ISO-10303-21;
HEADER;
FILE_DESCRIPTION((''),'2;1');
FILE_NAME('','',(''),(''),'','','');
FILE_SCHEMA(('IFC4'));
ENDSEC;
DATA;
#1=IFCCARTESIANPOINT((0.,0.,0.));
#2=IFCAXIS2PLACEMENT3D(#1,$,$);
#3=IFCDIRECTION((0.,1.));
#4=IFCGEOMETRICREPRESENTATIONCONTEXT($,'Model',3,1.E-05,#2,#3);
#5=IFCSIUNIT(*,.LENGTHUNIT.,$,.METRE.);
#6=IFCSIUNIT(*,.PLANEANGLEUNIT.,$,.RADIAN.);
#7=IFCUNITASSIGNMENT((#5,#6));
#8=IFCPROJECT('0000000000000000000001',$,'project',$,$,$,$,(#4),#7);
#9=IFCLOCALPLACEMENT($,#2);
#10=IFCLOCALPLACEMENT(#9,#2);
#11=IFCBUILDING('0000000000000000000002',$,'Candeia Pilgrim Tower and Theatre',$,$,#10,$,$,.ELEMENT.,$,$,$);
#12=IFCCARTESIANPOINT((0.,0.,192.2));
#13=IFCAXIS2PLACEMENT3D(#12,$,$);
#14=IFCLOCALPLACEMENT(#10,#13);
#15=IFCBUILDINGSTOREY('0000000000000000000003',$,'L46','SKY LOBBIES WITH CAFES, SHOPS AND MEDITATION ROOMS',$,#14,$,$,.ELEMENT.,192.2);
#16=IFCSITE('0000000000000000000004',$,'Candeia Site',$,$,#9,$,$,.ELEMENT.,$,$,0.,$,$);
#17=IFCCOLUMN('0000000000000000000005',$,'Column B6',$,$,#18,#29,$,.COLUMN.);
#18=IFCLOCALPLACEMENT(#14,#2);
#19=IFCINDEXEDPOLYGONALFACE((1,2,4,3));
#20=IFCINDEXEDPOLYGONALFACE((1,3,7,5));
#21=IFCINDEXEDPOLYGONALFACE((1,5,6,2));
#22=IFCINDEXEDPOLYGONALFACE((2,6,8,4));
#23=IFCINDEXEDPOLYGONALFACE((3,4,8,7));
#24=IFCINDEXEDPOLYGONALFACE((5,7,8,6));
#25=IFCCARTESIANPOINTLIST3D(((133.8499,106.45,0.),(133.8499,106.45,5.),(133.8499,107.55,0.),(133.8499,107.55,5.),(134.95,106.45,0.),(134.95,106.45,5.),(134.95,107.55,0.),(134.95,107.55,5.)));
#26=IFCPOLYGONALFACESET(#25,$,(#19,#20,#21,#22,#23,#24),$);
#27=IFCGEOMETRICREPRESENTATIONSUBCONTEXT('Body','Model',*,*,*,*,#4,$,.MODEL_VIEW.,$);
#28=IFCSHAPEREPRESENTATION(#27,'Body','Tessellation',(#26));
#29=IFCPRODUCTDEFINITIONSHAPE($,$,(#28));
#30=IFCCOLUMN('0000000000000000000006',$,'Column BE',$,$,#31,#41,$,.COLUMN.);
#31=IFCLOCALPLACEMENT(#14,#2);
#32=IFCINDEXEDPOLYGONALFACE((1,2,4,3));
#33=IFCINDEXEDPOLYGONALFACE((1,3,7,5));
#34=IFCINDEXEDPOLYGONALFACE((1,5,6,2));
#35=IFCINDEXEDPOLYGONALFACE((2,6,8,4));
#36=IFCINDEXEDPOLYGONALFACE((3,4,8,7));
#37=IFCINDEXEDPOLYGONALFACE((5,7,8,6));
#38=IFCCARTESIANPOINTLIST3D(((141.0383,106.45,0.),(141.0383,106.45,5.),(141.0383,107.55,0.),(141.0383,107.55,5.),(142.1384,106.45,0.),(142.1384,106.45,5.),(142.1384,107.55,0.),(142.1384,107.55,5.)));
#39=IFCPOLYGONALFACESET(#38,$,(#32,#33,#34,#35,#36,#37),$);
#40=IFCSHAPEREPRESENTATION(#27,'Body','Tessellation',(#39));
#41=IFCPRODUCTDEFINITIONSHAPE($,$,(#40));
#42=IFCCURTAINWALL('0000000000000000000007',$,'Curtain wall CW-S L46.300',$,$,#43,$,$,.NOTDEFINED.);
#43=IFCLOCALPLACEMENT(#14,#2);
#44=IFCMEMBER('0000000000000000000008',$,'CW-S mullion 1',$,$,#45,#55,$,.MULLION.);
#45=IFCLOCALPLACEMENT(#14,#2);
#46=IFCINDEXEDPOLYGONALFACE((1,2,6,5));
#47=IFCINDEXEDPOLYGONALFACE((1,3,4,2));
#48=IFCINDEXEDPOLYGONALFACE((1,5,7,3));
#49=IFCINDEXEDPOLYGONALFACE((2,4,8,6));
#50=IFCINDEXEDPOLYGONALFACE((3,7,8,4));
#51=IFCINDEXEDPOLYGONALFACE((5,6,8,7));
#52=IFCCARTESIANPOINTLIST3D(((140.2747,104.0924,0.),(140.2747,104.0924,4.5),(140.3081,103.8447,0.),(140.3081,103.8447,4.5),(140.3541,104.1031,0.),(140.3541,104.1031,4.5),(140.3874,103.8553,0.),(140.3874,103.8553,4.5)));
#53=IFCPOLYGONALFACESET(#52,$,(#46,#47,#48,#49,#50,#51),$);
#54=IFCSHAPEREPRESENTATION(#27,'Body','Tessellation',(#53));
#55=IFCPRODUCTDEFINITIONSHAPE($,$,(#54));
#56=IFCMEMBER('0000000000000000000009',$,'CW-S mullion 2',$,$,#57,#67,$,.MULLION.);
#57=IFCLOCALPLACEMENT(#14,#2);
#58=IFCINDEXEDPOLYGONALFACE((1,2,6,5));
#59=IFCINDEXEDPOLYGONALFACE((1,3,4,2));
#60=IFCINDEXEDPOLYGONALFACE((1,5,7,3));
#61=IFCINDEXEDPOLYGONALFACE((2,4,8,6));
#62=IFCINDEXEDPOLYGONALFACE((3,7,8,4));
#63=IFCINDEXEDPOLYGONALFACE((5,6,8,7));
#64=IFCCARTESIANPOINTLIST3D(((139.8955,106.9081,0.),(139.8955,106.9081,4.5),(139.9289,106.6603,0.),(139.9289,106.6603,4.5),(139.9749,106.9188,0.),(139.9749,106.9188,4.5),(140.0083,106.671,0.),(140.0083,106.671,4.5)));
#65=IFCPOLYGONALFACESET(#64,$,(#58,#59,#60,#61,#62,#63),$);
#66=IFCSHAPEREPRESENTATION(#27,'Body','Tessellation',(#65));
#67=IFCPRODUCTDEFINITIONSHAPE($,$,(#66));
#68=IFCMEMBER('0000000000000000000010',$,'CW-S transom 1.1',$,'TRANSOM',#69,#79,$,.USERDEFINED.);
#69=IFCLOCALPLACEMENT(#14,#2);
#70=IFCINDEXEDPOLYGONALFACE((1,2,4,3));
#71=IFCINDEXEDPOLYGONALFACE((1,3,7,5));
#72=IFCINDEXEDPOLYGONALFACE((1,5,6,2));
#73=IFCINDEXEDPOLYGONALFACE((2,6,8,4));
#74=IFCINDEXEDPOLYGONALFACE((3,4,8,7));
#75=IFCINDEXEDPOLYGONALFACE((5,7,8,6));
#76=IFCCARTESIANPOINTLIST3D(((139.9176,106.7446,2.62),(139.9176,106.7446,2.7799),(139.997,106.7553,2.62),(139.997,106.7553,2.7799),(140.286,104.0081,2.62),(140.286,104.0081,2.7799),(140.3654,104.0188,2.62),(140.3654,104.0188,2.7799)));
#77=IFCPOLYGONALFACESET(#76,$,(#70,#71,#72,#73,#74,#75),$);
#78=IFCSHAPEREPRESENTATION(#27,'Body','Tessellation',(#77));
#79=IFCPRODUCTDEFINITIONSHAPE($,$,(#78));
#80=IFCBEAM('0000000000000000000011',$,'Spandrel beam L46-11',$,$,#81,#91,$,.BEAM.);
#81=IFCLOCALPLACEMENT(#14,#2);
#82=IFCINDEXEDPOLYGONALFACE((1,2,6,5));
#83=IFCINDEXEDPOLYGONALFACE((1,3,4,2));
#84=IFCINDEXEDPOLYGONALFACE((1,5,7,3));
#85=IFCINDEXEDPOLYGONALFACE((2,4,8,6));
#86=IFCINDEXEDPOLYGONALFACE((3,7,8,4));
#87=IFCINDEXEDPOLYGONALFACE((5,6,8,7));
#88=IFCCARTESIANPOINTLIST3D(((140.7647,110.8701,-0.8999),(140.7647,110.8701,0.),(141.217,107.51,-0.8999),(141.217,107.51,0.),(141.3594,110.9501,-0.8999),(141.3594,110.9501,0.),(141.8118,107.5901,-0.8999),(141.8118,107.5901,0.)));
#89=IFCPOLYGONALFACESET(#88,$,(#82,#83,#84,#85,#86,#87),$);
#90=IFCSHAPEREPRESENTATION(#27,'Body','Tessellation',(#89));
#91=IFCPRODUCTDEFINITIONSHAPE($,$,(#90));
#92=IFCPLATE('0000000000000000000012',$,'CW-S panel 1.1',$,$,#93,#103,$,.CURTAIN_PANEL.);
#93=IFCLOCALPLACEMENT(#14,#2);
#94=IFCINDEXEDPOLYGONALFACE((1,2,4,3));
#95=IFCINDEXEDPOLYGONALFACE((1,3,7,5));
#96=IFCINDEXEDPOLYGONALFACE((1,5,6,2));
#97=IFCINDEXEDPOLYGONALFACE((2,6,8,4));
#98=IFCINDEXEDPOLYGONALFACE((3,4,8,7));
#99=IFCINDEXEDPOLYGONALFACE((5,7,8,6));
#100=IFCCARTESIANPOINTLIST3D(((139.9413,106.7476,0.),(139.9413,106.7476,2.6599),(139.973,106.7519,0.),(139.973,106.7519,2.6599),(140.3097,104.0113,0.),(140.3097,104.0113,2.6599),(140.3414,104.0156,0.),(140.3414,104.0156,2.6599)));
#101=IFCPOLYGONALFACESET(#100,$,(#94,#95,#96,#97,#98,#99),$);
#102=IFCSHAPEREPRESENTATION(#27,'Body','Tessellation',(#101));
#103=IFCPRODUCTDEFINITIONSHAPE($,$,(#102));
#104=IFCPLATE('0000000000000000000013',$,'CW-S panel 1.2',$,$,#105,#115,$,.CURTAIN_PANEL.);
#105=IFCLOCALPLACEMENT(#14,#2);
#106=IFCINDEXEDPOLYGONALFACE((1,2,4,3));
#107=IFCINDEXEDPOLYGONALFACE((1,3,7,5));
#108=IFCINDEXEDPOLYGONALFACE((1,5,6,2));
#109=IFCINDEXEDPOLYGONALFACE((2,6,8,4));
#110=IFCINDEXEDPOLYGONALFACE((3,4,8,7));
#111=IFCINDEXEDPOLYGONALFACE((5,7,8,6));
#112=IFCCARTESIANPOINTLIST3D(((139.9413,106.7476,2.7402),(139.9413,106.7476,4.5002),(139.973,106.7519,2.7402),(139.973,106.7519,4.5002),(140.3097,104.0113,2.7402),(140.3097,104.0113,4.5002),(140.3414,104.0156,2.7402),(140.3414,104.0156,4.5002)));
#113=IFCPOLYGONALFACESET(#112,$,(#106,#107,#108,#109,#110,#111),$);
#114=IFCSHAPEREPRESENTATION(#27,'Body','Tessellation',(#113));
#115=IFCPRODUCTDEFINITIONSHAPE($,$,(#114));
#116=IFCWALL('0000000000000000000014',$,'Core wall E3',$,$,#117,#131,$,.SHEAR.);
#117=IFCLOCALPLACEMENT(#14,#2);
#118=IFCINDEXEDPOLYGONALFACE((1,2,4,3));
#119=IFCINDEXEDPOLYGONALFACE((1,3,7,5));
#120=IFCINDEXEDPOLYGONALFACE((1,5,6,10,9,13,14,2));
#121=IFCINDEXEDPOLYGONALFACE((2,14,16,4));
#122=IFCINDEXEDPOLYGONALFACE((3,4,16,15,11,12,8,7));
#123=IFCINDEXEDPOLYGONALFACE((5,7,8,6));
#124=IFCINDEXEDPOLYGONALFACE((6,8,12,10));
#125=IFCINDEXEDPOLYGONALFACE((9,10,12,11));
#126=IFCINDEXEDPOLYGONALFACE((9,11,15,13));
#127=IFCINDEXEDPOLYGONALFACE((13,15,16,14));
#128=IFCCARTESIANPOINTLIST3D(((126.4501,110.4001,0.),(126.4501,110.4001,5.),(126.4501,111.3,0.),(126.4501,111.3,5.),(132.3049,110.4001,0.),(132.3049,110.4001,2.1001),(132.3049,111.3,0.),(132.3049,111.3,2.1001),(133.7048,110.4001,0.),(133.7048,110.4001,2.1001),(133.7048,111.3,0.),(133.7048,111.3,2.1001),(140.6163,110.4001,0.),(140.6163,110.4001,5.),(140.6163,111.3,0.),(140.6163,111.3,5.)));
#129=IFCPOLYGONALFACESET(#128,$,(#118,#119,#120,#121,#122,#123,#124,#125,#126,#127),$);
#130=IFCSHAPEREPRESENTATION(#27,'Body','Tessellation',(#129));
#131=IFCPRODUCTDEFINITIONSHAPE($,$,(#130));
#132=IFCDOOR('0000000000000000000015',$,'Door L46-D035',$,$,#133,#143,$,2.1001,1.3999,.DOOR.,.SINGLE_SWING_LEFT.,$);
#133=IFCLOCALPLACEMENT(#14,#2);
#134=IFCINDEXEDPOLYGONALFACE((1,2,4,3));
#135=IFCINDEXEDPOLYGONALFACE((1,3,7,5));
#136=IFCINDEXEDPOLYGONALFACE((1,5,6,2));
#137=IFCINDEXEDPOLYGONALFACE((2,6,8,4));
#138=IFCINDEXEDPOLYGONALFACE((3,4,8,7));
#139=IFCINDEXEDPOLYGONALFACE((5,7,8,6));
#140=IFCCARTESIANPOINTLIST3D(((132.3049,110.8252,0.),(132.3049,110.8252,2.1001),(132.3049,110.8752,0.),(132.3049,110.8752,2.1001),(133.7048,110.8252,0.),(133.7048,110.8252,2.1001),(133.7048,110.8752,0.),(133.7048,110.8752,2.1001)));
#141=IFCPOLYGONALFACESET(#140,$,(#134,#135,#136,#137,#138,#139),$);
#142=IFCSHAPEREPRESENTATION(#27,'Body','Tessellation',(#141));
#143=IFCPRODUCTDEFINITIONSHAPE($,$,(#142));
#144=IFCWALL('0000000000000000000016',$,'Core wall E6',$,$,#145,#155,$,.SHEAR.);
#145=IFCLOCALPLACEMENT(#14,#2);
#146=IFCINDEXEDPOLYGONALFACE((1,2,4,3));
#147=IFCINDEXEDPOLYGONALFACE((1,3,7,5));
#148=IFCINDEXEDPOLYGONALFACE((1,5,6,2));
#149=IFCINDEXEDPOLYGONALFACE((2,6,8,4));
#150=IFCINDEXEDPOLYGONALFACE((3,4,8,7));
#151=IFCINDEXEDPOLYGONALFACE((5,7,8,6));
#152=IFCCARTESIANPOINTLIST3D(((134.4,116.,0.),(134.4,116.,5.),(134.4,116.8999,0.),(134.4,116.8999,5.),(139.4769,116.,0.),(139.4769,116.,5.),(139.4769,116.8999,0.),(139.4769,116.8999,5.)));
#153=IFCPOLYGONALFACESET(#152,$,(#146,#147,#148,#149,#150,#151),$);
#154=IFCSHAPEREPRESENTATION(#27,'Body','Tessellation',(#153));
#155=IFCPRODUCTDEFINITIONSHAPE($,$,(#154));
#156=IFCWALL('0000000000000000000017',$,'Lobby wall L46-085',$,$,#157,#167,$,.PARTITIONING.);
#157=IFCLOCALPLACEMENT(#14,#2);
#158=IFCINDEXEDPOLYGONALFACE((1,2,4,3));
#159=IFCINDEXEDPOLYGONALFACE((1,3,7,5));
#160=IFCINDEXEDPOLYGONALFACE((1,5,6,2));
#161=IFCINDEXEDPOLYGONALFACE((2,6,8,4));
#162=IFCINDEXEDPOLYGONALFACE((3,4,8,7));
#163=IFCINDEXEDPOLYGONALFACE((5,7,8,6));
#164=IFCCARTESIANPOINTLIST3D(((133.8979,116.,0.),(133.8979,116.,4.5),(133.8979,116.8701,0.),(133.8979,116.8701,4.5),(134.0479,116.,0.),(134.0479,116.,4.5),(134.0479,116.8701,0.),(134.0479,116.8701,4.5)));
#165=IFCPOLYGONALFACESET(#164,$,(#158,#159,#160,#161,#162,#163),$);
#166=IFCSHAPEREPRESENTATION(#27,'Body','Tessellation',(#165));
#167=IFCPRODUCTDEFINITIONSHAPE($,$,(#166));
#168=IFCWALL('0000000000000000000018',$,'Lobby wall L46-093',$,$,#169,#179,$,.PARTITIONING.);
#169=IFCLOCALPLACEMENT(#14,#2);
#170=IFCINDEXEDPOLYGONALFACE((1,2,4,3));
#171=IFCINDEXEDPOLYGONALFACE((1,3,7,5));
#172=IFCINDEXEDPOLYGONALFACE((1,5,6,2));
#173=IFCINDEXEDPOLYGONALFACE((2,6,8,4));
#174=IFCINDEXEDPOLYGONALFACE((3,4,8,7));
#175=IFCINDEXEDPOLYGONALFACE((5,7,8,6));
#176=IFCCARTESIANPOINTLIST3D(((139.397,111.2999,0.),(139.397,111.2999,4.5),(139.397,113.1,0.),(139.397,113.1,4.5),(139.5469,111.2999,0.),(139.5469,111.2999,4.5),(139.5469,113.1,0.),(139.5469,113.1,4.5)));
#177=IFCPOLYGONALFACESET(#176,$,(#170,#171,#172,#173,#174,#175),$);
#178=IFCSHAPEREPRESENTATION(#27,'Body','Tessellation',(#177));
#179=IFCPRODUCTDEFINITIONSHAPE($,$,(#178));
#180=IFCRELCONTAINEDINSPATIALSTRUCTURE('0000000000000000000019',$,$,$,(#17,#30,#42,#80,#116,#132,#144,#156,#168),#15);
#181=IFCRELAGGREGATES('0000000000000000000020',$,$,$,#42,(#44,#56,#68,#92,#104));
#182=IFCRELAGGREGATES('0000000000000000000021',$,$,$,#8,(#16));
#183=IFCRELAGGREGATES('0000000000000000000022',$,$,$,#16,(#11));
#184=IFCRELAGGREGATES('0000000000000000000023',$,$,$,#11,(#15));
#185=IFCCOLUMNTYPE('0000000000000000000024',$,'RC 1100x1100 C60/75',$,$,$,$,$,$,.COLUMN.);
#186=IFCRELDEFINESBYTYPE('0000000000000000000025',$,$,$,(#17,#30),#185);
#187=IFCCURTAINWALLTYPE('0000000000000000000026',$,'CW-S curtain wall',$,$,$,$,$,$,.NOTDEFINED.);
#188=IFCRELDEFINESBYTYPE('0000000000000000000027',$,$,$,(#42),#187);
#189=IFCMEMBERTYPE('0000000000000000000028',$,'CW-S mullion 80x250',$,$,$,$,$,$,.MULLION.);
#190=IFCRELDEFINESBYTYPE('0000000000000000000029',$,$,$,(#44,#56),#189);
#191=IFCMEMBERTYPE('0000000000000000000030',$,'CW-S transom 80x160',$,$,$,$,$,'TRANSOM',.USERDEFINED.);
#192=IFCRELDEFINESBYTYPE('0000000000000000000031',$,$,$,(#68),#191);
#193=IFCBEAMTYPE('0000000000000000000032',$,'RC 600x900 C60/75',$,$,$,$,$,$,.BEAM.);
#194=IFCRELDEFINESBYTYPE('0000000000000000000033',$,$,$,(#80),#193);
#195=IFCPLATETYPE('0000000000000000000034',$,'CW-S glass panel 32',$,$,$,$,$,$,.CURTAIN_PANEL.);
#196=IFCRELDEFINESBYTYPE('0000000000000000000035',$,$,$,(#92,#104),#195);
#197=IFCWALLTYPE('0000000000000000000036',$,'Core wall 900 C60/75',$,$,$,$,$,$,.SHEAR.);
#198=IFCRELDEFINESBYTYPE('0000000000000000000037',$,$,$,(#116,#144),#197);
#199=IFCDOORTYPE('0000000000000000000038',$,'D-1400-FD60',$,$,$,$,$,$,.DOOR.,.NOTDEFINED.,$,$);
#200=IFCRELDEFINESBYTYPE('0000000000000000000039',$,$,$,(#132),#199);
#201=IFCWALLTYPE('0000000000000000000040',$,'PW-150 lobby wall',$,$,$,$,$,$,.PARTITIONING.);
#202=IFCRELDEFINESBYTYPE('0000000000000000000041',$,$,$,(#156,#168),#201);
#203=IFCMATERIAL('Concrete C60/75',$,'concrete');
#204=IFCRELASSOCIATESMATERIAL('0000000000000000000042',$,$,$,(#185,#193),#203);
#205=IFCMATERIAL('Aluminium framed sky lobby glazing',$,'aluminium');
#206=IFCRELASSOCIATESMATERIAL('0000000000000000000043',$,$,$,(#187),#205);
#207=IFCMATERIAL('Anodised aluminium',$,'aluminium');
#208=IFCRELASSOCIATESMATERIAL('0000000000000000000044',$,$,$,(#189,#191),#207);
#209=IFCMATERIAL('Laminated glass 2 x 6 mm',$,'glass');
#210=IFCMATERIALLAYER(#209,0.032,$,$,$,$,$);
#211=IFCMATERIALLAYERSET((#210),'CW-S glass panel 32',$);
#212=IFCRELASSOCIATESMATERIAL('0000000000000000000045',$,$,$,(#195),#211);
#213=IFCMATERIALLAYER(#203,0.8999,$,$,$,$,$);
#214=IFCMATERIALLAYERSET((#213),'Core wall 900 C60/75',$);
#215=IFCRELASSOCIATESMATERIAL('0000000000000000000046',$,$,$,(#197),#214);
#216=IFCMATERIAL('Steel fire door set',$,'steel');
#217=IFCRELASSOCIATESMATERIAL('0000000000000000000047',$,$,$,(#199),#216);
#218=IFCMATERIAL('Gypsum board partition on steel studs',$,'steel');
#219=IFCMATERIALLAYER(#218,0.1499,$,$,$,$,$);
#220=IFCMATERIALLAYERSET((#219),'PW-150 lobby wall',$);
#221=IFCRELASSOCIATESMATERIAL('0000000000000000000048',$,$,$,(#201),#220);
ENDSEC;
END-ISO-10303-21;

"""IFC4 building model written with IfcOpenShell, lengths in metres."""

from ifc_helpers import new_model, si_unit, direction, frame, frame_2d, origin, origin_2d, place, context, subcontext, project, spatial, rectangle, extrude, material, layer, layer_set, material_profile, profile_set, type_object, element, fill, aggregate, save


model = new_model("IFC4")

# Units and contexts
model_context = context("Model", 3, precision=1e-05, world=origin(), true_north=direction((0.0, 1.0)))
body_context = subcontext(model_context, "Body", "Model", "MODEL_VIEW")
ifc_project = project(units=[si_unit("LENGTHUNIT", "METRE"), si_unit("PLANEANGLEUNIT", "RADIAN")], contexts=[model_context])

# Site, building, storey
site_placement = place(None, origin())
site = spatial("IfcSite", under=ifc_project, at=site_placement, Name="Candeia Site", CompositionType="ELEMENT", RefElevation=0.0)
building_placement = place(site_placement, origin())
building = spatial("IfcBuilding", under=site, at=building_placement, Name="Candeia Pilgrim Tower and Theatre", CompositionType="ELEMENT")
storey_placement = place(building_placement, frame((0.0, 0.0, 192.2)))
storey = spatial("IfcBuildingStorey", under=building, at=storey_placement, Name="L46", Description="SKY LOBBIES WITH CAFES, SHOPS AND MEDITATION ROOMS", CompositionType="ELEMENT", Elevation=192.2)

# Columns
ifc_material_1 = material(Name="Concrete C60/75", Category="concrete")
ifc_material_profile_1 = material_profile(ifc_material_1, rectangle(XDim=1.1001, YDim=1.1001, at=origin_2d()))
ifc_profile_set_1 = profile_set([ifc_material_profile_1], Name="Concrete C60/75")
column_type = type_object("IfcColumnType", Name="RC 1100x1100 C60/75", PredefinedType="COLUMN", material=ifc_profile_set_1)
for number, where, z_axis, x_axis, name in (
    (1, (134.3999, 107.0, 0.0), (0.0, 0.0, 1.0), (1.0, 0.0, 0.0), "Column B6"),
    (2, (141.5884, 107.0, 0.0), (0.0, 0.0, 1.0), (1.0, 0.0, 0.0), "Column BE"),
):
    element("IfcColumn", number, at=place(storey_placement, frame(where, z_axis=z_axis, x_axis=x_axis)), inside=storey, type_object=column_type, Name=name, PredefinedType="COLUMN", context=body_context, shape_type="SweptSolid", body=[
        extrude(rectangle(XDim=1.1001, YDim=1.1001, at=origin_2d()), origin(), (0.0, 0.0, 1.0), 5.0),
    ])

# Curtain wall, members
ifc_material_2 = material(Name="Aluminium framed sky lobby glazing", Category="aluminium")
curtain_wall_type = type_object("IfcCurtainWallType", Name="CW-S curtain wall", PredefinedType="NOTDEFINED", material=ifc_material_2)
curtain_wall_placement = place(storey_placement, origin())
curtain_wall = element("IfcCurtainWall", 3, at=curtain_wall_placement, inside=storey, type_object=curtain_wall_type, Name="Curtain wall CW-S L46.300", PredefinedType="NOTDEFINED")
ifc_material_3 = material(Name="Anodised aluminium", Category="aluminium")
ifc_material_profile_2 = material_profile(ifc_material_3, rectangle(XDim=0.0801, YDim=0.25, at=origin_2d()))
ifc_profile_set_2 = profile_set([ifc_material_profile_2], Name="Anodised aluminium")
member_type_1 = type_object("IfcMemberType", Name="CW-S mullion 80x250", PredefinedType="MULLION", material=ifc_profile_set_2)
member_1_placement = place(storey_placement, frame((140.3311, 103.9739, 0.0), z_axis=(0.0, 0.0, 1.0), x_axis=(-0.991061, -0.133412, 0.0)))
member_1 = element("IfcMember", 4, at=member_1_placement, type_object=member_type_1, Name="CW-S mullion 1", PredefinedType="MULLION", context=body_context, shape_type="SweptSolid", body=[
    extrude(rectangle(XDim=0.0801, YDim=0.25, at=origin_2d()), origin(), (0.0, 0.0, 1.0), 4.5),
])
member_2_placement = place(storey_placement, frame((139.9519, 106.7896, 0.0), z_axis=(0.0, 0.0, 1.0), x_axis=(-0.991061, -0.133412, 0.0)))
member_2 = element("IfcMember", 5, at=member_2_placement, type_object=member_type_1, Name="CW-S mullion 2", PredefinedType="MULLION", context=body_context, shape_type="SweptSolid", body=[
    extrude(rectangle(XDim=0.0801, YDim=0.25, at=origin_2d()), origin(), (0.0, 0.0, 1.0), 4.5),
])
ifc_material_profile_3 = material_profile(ifc_material_3, rectangle(XDim=0.0801, YDim=0.1599, at=origin_2d()))
ifc_profile_set_3 = profile_set([ifc_material_profile_3], Name="Anodised aluminium")
member_type_2 = type_object("IfcMemberType", Name="CW-S transom 80x160", ElementType="TRANSOM", PredefinedType="USERDEFINED", material=ifc_profile_set_3)
member_3_placement = place(storey_placement, frame((140.3257, 104.0134, 2.7), z_axis=(-0.13342, 0.99106, 0.0), x_axis=(-0.99106, -0.13342, 0.0)))
member_3 = element("IfcMember", 6, at=member_3_placement, type_object=member_type_2, Name="CW-S transom 1.1", ObjectType="TRANSOM", PredefinedType="USERDEFINED", context=body_context, shape_type="SweptSolid", body=[
    extrude(rectangle(XDim=0.0801, YDim=0.1599, at=origin_2d()), origin(), (0.0, 0.0, 1.0), 2.7612),
])

# Beam
ifc_material_profile_4 = material_profile(ifc_material_1, rectangle(XDim=0.6001, YDim=0.8999, at=origin_2d()))
ifc_profile_set_4 = profile_set([ifc_material_profile_4], Name="Concrete C60/75")
beam_type = type_object("IfcBeamType", Name="RC 600x900 C60/75", PredefinedType="BEAM", material=ifc_profile_set_4)
beam_placement = place(storey_placement, frame((141.5144, 107.55, -0.45), z_axis=(-0.133432, 0.991058, 0.0), x_axis=(-0.991058, -0.133432, 0.0)))
element("IfcBeam", 7, at=beam_placement, inside=storey, type_object=beam_type, Name="Spandrel beam L46-11", PredefinedType="BEAM", context=body_context, shape_type="SweptSolid", body=[
    extrude(rectangle(XDim=0.6001, YDim=0.8999, at=origin_2d()), origin(), (0.0, 0.0, 1.0), 3.3904),
])

# Plates
ifc_material_4 = material(Name="Laminated glass 2 x 6 mm", Category="glass")
ifc_layer_1 = layer(ifc_material_4, 0.032)
ifc_layer_set_1 = layer_set([ifc_layer_1], Name="CW-S glass panel 32")
plate_type = type_object("IfcPlateType", Name="CW-S glass panel 32", PredefinedType="CURTAIN_PANEL", material=ifc_layer_set_1)
plate_1_placement = place(storey_placement, frame((140.1414, 105.3816, 0.0), z_axis=(0.0, 0.0, 1.0), x_axis=(-0.133412, 0.991061, 0.0)))
plate_1 = element("IfcPlate", 8, at=plate_1_placement, type_object=plate_type, Name="CW-S panel 1.1", PredefinedType="CURTAIN_PANEL", context=body_context, shape_type="SweptSolid", body=[
    extrude(rectangle(XDim=2.761, YDim=0.032, at=origin_2d()), origin(), (0.0, 0.0, 1.0), 2.6599),
])
plate_2_placement = place(storey_placement, frame((140.1414, 105.3816, 2.7402), z_axis=(0.0, 0.0, 1.0), x_axis=(-0.133412, 0.991061, 0.0)))
plate_2 = element("IfcPlate", 9, at=plate_2_placement, type_object=plate_type, Name="CW-S panel 1.2", PredefinedType="CURTAIN_PANEL", context=body_context, shape_type="SweptSolid", body=[
    extrude(rectangle(XDim=2.761, YDim=0.032, at=origin_2d()), origin(), (0.0, 0.0, 1.0), 1.76),
])
aggregate(curtain_wall, [member_1, member_2, member_3, plate_1, plate_2])

# Wall, opening, door
ifc_layer_2 = layer(ifc_material_1, 0.8999)
ifc_layer_set_2 = layer_set([ifc_layer_2], Name="Core wall 900 C60/75")
wall_type_1 = type_object("IfcWallType", Name="Core wall 900 C60/75", PredefinedType="SHEAR", material=ifc_layer_set_2)
wall_1_placement = place(storey_placement, frame((140.6162, 110.8501, 0.0), z_axis=(0.0, 0.0, 1.0), x_axis=(-1.0, 0.0, 0.0)))
wall_1 = element("IfcWall", 10, at=wall_1_placement, inside=storey, type_object=wall_type_1, Name="Core wall E3", PredefinedType="SHEAR", context=body_context, shape_type="SweptSolid", body=[
    extrude(rectangle(XDim=14.1663, YDim=0.8999, at=frame_2d((7.083, 0.0))), origin(), (0.0, 0.0, 1.0), 5.0),
])
opening_1_placement = place(wall_1_placement, frame((6.9114, 0.0, 0.0)))
opening_1 = element("IfcOpeningElement", 11, at=opening_1_placement, cuts=wall_1, PredefinedType="OPENING", context=body_context, shape_type="SweptSolid", body=[
    extrude(rectangle(XDim=1.3999, YDim=2.1001, at=frame_2d((0.7, 1.05))), frame((0.0, 0.46, 0.0), z_axis=(0.0, -1.0, 0.0), x_axis=(1.0, 0.0, 0.0)), (0.0, 0.0, 1.0), 0.9199),
])
ifc_material_5 = material(Name="Steel fire door set", Category="steel")
door_type_1 = type_object("IfcDoorType", Name="D-1400-FD60", OperationType="NOTDEFINED", PredefinedType="DOOR", material=ifc_material_5)
door_1_placement = place(opening_1_placement, origin())
door_1 = element("IfcDoor", 12, at=door_1_placement, inside=storey, type_object=door_type_1, Name="Door L46-D035", OperationType="SINGLE_SWING_LEFT", OverallHeight=2.1001, OverallWidth=1.3999, PredefinedType="DOOR", context=body_context, shape_type="SweptSolid", body=[
    extrude(rectangle(XDim=1.3999, YDim=2.1001, at=frame_2d((0.7, 1.05))), frame((0.0, 0.0249, 0.0), z_axis=(0.0, -1.0, 0.0), x_axis=(1.0, 0.0, 0.0)), (0.0, 0.0, 1.0), 0.05),
])
fill(opening_1, door_1)

# Wall
wall_2_placement = place(storey_placement, frame((134.3999, 116.45, 0.0), z_axis=(0.0, 0.0, 1.0), x_axis=(1.0, 0.0, 0.0)))
element("IfcWall", 13, at=wall_2_placement, inside=storey, type_object=wall_type_1, Name="Core wall E6", PredefinedType="SHEAR", context=body_context, shape_type="SweptSolid", body=[
    extrude(rectangle(XDim=5.0769, YDim=0.8999, at=frame_2d((2.5386, 0.0))), origin(), (0.0, 0.0, 1.0), 5.0),
])

# Walls
ifc_material_6 = material(Name="Gypsum board partition on steel studs", Category="steel")
ifc_layer_3 = layer(ifc_material_6, 0.1499)
ifc_layer_set_3 = layer_set([ifc_layer_3], Name="PW-150 lobby wall")
wall_type_2 = type_object("IfcWallType", Name="PW-150 lobby wall", PredefinedType="PARTITIONING", material=ifc_layer_set_3)
wall_3_placement = place(storey_placement, frame((133.9729, 116.0, 0.0), z_axis=(0.0, 0.0, 1.0), x_axis=(0.0, 1.0, 0.0)))
element("IfcWall", 14, at=wall_3_placement, inside=storey, type_object=wall_type_2, Name="Lobby wall L46-085", PredefinedType="PARTITIONING", context=body_context, shape_type="SweptSolid", body=[
    extrude(rectangle(XDim=0.8701, YDim=0.1499, at=frame_2d((0.4351, 0.0))), origin(), (0.0, 0.0, 1.0), 4.5),
])
wall_4_placement = place(storey_placement, frame((139.4719, 111.3, 0.0), z_axis=(0.0, 0.0, 1.0), x_axis=(0.0, 1.0, 0.0)))
element("IfcWall", 15, at=wall_4_placement, inside=storey, type_object=wall_type_2, Name="Lobby wall L46-093", PredefinedType="PARTITIONING", context=body_context, shape_type="SweptSolid", body=[
    extrude(rectangle(XDim=1.8, YDim=0.1499, at=frame_2d((0.8999, 0.0))), origin(), (0.0, 0.0, 1.0), 4.5),
])

save(model, "model.ifc")
